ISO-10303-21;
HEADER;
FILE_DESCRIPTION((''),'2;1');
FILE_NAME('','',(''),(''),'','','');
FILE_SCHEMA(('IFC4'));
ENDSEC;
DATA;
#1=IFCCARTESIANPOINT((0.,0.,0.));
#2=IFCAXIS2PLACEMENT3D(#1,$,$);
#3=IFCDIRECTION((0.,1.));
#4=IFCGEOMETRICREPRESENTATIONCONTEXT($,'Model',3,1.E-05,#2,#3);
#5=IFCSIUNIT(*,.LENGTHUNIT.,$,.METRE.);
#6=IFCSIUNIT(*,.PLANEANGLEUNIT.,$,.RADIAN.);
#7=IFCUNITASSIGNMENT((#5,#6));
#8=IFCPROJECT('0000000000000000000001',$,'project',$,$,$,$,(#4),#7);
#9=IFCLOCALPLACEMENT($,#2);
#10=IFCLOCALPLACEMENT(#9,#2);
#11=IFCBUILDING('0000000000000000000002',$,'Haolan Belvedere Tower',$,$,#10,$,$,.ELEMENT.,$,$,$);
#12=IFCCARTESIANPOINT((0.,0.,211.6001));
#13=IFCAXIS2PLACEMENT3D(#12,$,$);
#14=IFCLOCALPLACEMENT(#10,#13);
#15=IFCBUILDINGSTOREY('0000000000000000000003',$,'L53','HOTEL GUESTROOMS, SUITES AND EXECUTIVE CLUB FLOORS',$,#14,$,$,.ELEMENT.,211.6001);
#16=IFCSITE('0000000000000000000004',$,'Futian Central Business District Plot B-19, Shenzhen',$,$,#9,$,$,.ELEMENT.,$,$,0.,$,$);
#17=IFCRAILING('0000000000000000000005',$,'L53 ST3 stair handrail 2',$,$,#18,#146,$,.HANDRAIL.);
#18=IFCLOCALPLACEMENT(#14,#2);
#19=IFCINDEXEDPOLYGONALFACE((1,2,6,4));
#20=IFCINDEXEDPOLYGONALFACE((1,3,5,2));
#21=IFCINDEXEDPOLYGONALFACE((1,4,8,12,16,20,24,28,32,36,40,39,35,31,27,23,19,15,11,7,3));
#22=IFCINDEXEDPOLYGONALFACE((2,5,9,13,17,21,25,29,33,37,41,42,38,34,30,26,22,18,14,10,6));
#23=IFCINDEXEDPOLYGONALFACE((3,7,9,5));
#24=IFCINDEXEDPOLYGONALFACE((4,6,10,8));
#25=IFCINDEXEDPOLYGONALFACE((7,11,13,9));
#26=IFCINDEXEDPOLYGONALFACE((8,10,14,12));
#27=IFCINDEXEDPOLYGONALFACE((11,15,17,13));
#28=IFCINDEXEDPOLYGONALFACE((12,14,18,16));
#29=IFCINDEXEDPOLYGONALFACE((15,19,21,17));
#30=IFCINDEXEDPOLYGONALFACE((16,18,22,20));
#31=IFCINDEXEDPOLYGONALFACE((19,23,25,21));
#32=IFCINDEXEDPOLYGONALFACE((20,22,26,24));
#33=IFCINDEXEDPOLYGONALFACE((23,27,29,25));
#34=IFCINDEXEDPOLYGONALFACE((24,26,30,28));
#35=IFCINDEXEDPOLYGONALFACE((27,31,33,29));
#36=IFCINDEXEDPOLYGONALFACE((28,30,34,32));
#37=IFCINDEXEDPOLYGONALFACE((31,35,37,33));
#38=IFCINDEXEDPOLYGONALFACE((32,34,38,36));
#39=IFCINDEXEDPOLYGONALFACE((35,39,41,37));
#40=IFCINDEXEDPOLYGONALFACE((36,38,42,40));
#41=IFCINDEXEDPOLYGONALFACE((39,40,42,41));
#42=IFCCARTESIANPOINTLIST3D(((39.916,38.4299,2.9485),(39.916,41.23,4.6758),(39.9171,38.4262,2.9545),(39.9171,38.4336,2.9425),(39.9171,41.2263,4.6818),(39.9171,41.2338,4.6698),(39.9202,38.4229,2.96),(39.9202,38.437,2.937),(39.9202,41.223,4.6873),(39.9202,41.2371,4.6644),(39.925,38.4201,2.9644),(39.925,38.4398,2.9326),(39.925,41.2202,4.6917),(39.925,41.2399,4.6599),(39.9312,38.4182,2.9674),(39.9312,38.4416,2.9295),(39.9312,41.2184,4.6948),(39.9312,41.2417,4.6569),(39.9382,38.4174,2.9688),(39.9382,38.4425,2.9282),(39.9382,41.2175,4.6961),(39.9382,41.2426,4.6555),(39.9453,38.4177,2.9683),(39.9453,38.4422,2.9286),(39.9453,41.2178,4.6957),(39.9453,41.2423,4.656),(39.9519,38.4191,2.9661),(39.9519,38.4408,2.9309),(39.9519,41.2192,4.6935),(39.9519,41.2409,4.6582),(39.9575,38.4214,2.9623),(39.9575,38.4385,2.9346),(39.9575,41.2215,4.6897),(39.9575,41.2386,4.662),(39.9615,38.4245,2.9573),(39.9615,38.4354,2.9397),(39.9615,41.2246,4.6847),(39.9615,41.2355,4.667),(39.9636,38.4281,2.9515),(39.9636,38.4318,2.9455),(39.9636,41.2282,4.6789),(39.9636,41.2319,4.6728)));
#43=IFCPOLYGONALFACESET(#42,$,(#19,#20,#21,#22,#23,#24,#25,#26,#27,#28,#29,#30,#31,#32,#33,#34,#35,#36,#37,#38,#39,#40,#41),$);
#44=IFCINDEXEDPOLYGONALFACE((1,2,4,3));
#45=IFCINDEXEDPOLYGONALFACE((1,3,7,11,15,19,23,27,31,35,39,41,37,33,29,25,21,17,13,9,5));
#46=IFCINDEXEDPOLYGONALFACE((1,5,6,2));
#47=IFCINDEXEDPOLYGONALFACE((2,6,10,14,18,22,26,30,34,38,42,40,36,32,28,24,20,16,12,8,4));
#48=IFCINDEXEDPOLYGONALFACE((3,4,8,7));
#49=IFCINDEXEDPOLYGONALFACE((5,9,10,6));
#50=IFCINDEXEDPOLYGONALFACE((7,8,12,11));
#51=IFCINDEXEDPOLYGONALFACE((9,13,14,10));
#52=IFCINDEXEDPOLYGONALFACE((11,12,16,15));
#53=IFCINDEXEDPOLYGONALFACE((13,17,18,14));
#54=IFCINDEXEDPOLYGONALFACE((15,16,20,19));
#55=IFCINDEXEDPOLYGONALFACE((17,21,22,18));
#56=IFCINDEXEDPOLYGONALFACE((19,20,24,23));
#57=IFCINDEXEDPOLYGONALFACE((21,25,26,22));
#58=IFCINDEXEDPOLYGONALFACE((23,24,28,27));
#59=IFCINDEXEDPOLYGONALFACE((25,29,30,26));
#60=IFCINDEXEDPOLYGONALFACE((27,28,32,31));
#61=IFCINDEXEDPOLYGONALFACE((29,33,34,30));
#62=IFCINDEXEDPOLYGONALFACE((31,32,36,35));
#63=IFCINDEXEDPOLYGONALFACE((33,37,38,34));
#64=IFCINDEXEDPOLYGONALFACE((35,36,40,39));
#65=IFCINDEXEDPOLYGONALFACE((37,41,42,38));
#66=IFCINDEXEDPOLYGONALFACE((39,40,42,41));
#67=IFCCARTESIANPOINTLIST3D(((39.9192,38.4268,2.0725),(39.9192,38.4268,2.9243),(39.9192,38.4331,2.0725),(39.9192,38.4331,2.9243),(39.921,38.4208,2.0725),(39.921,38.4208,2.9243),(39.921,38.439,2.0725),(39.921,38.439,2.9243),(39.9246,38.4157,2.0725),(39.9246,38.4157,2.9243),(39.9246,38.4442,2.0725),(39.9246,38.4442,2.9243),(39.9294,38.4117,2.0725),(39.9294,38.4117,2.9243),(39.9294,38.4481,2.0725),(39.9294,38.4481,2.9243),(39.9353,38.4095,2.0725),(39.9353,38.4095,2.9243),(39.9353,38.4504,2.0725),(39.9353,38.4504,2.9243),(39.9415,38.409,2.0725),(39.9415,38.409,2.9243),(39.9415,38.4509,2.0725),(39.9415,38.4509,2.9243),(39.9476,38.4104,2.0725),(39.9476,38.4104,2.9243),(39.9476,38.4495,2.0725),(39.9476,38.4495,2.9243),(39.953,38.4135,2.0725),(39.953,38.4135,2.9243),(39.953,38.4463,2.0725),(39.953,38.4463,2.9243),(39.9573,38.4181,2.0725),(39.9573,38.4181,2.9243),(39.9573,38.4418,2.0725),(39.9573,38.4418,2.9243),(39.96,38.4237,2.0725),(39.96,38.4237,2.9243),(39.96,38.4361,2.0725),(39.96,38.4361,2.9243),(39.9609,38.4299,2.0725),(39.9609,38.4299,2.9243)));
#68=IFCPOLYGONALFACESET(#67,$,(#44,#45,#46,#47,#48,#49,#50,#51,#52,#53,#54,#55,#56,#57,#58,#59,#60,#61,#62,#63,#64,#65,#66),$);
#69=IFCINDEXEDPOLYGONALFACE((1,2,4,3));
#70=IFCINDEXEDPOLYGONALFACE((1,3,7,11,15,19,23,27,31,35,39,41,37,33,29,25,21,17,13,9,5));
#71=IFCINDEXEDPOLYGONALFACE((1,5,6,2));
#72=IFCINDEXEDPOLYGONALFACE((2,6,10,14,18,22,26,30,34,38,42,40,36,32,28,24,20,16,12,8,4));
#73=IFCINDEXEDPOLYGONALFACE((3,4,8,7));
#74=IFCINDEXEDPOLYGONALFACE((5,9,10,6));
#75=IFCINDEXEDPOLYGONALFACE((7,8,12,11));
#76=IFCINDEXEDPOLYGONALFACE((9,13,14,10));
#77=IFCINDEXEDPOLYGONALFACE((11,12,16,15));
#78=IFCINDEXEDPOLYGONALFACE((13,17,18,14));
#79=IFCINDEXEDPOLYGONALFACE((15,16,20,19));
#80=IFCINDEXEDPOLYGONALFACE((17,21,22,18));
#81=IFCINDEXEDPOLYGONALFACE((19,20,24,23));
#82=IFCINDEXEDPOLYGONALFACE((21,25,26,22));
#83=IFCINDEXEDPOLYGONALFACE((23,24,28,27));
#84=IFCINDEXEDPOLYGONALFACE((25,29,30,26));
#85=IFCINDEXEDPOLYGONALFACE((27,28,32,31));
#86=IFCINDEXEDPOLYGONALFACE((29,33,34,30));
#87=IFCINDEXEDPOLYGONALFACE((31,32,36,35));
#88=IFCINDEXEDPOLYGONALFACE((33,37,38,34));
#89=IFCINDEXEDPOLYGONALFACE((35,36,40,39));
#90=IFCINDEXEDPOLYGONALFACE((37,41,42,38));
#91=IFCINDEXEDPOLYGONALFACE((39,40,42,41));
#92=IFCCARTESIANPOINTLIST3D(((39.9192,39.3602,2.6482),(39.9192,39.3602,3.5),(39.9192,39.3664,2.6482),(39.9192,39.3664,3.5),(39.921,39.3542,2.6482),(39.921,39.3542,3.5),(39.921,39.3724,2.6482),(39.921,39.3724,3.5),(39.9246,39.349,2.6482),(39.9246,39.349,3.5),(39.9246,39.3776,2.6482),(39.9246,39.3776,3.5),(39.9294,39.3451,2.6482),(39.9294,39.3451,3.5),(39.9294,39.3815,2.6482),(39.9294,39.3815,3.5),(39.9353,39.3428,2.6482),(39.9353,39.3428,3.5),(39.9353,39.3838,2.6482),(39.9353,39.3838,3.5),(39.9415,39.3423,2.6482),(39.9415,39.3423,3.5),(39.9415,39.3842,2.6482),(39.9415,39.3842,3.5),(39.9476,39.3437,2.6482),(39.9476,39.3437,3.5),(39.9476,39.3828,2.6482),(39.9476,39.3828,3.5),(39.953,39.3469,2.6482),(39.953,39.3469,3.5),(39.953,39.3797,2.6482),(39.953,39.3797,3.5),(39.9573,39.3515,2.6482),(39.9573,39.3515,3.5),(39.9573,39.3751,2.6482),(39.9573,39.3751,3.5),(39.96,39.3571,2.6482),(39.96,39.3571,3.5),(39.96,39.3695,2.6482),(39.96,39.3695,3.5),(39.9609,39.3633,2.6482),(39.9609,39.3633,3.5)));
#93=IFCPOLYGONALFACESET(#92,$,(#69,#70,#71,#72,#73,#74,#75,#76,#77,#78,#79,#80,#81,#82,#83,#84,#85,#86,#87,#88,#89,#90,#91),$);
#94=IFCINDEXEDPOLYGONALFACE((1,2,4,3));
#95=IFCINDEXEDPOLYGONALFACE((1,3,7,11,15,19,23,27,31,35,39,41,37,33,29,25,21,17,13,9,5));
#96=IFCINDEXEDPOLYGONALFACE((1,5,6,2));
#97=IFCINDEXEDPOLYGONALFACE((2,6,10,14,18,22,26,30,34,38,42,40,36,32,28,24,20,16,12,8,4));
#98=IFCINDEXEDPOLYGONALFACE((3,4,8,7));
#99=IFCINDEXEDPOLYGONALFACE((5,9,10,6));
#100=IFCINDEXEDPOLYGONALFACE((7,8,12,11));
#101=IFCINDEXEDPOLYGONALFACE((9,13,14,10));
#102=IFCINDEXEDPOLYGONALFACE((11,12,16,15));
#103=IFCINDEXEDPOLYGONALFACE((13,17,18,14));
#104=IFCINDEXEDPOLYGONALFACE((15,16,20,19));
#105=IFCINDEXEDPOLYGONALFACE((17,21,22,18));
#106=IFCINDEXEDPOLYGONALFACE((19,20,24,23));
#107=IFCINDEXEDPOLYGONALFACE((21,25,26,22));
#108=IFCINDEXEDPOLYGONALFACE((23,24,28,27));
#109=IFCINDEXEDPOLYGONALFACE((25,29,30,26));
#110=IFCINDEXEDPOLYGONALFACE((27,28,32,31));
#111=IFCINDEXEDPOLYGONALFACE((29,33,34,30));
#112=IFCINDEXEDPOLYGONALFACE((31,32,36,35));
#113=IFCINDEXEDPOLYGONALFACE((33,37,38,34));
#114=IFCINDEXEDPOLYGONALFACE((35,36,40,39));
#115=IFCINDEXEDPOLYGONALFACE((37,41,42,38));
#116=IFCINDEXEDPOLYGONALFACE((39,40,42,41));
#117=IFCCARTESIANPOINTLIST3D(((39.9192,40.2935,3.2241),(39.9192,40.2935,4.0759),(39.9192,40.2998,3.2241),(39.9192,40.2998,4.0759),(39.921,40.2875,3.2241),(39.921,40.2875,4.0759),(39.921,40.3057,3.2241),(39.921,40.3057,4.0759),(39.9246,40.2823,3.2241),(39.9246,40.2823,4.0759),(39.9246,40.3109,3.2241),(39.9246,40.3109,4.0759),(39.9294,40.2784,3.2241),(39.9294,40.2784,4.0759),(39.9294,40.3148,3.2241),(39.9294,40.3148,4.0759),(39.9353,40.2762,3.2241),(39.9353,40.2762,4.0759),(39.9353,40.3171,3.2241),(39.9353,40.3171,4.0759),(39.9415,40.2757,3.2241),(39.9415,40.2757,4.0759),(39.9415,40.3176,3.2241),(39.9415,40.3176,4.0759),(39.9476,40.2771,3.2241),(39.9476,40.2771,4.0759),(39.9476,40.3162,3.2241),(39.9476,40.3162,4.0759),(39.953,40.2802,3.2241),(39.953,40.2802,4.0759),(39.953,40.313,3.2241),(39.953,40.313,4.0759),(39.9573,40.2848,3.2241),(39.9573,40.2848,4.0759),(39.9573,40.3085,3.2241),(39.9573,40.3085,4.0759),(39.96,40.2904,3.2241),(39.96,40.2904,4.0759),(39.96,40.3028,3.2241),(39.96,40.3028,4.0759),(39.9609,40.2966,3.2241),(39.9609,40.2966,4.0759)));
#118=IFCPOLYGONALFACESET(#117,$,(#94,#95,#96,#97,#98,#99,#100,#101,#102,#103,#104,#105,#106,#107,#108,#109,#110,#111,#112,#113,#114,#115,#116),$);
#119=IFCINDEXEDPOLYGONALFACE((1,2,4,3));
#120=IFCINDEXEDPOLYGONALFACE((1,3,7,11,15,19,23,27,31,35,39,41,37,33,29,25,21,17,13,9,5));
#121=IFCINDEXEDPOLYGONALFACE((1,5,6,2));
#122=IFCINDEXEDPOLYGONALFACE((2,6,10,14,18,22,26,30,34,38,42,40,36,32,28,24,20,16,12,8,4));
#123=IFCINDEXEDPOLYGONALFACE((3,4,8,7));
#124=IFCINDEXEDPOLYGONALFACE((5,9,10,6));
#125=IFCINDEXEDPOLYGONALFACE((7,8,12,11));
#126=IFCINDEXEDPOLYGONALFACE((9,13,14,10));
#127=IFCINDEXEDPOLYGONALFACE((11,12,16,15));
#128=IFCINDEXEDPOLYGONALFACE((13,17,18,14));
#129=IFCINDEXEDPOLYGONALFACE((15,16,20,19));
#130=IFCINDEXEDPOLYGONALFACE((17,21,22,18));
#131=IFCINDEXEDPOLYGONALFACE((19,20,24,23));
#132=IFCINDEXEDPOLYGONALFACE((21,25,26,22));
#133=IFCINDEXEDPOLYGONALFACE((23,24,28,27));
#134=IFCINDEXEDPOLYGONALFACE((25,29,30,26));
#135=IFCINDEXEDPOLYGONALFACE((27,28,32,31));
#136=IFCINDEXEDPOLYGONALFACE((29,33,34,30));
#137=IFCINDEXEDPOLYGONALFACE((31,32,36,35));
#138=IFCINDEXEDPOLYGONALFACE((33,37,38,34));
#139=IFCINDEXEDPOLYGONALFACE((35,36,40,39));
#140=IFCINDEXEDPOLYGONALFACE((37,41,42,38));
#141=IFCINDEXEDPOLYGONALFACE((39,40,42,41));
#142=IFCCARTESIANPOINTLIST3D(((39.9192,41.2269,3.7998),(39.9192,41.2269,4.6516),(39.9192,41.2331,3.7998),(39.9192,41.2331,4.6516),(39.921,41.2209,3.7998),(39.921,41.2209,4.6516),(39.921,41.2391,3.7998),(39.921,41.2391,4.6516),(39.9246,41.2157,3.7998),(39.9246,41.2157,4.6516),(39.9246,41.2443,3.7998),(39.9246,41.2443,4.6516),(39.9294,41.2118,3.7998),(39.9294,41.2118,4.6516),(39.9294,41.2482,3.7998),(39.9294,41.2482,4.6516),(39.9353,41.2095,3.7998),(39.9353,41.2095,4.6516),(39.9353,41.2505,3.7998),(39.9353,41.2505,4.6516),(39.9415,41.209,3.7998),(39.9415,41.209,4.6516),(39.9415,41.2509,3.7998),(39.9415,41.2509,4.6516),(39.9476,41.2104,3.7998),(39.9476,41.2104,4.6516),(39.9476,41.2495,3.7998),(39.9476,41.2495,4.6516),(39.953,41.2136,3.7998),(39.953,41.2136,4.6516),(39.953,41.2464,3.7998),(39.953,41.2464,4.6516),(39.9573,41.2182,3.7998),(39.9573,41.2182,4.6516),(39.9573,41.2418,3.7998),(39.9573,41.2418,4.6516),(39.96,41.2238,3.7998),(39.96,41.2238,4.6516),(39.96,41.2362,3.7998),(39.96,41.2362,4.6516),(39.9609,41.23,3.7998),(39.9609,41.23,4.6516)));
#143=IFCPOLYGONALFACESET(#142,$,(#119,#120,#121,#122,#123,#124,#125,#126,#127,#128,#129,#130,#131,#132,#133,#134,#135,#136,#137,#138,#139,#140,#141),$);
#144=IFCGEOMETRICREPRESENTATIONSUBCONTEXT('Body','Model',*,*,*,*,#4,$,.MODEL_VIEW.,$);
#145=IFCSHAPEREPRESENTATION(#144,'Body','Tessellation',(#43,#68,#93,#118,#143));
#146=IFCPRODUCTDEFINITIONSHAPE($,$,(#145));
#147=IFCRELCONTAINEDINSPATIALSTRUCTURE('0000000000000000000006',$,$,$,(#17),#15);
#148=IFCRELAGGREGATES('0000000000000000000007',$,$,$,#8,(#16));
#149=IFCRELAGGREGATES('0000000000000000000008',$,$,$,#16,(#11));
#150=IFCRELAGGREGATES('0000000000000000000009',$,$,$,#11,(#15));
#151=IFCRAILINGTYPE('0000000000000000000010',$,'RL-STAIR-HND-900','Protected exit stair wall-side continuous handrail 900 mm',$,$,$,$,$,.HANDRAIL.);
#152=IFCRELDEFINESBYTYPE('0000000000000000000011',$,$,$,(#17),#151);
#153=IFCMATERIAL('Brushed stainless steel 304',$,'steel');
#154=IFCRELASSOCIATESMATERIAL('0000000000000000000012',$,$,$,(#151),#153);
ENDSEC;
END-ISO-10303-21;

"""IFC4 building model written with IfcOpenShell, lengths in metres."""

from ifc_helpers import new_model, si_unit, direction, frame, origin, origin_2d, place, context, subcontext, project, spatial, circle, extrude, material, type_object, element, save


model = new_model("IFC4")

# Units and contexts
model_context = context("Model", 3, precision=1e-05, world=origin(), true_north=direction((0.0, 1.0)))
body_context = subcontext(model_context, "Body", "Model", "MODEL_VIEW")
ifc_project = project(units=[si_unit("LENGTHUNIT", "METRE"), si_unit("PLANEANGLEUNIT", "RADIAN")], contexts=[model_context])

# Site, building, storey
site_placement = place(None, origin())
site = spatial("IfcSite", under=ifc_project, at=site_placement, Name="Futian Central Business District Plot B-19, Shenzhen", CompositionType="ELEMENT", RefElevation=0.0)
building_placement = place(site_placement, origin())
building = spatial("IfcBuilding", under=site, at=building_placement, Name="Haolan Belvedere Tower", CompositionType="ELEMENT")
storey_placement = place(building_placement, frame((0.0, 0.0, 211.6001)))
storey = spatial("IfcBuildingStorey", under=building, at=storey_placement, Name="L53", Description="HOTEL GUESTROOMS, SUITES AND EXECUTIVE CLUB FLOORS", CompositionType="ELEMENT", Elevation=211.6001)

# Railing
ifc_material_1 = material(Name="Brushed stainless steel 304", Category="steel")
railing_type_1 = type_object("IfcRailingType", Name="RL-STAIR-HND-900", Description="Protected exit stair wall-side continuous handrail 900 mm", PredefinedType="HANDRAIL", material=ifc_material_1)
railing_1_placement = place(storey_placement, frame((39.9399, 38.4299, 2.0725)))
element("IfcRailing", 1, at=railing_1_placement, inside=storey, type_object=railing_type_1, Name="L53 ST3 stair handrail 2", PredefinedType="HANDRAIL", context=body_context, shape_type="SweptSolid", body=[
    extrude(circle(Radius=0.0239, at=origin_2d()), frame((0.0, 0.0, 0.876), z_axis=(0.0, 0.85109, 0.52502), x_axis=(-1.0, 0.0, 0.0)), (0.0, 0.0, 1.0), 3.29),
    extrude(circle(Radius=0.021, at=origin_2d()), origin(), (0.0, 0.0, 1.0), 0.8518),
    extrude(circle(Radius=0.021, at=origin_2d()), frame((0.0, 0.9333, 0.5757)), (0.0, 0.0, 1.0), 0.8518),
    extrude(circle(Radius=0.021, at=origin_2d()), frame((0.0, 1.8667, 1.1516)), (0.0, 0.0, 1.0), 0.8518),
    extrude(circle(Radius=0.021, at=origin_2d()), frame((0.0, 2.8, 1.7273)), (0.0, 0.0, 1.0), 0.8518),
])

save(model, "model.ifc")
